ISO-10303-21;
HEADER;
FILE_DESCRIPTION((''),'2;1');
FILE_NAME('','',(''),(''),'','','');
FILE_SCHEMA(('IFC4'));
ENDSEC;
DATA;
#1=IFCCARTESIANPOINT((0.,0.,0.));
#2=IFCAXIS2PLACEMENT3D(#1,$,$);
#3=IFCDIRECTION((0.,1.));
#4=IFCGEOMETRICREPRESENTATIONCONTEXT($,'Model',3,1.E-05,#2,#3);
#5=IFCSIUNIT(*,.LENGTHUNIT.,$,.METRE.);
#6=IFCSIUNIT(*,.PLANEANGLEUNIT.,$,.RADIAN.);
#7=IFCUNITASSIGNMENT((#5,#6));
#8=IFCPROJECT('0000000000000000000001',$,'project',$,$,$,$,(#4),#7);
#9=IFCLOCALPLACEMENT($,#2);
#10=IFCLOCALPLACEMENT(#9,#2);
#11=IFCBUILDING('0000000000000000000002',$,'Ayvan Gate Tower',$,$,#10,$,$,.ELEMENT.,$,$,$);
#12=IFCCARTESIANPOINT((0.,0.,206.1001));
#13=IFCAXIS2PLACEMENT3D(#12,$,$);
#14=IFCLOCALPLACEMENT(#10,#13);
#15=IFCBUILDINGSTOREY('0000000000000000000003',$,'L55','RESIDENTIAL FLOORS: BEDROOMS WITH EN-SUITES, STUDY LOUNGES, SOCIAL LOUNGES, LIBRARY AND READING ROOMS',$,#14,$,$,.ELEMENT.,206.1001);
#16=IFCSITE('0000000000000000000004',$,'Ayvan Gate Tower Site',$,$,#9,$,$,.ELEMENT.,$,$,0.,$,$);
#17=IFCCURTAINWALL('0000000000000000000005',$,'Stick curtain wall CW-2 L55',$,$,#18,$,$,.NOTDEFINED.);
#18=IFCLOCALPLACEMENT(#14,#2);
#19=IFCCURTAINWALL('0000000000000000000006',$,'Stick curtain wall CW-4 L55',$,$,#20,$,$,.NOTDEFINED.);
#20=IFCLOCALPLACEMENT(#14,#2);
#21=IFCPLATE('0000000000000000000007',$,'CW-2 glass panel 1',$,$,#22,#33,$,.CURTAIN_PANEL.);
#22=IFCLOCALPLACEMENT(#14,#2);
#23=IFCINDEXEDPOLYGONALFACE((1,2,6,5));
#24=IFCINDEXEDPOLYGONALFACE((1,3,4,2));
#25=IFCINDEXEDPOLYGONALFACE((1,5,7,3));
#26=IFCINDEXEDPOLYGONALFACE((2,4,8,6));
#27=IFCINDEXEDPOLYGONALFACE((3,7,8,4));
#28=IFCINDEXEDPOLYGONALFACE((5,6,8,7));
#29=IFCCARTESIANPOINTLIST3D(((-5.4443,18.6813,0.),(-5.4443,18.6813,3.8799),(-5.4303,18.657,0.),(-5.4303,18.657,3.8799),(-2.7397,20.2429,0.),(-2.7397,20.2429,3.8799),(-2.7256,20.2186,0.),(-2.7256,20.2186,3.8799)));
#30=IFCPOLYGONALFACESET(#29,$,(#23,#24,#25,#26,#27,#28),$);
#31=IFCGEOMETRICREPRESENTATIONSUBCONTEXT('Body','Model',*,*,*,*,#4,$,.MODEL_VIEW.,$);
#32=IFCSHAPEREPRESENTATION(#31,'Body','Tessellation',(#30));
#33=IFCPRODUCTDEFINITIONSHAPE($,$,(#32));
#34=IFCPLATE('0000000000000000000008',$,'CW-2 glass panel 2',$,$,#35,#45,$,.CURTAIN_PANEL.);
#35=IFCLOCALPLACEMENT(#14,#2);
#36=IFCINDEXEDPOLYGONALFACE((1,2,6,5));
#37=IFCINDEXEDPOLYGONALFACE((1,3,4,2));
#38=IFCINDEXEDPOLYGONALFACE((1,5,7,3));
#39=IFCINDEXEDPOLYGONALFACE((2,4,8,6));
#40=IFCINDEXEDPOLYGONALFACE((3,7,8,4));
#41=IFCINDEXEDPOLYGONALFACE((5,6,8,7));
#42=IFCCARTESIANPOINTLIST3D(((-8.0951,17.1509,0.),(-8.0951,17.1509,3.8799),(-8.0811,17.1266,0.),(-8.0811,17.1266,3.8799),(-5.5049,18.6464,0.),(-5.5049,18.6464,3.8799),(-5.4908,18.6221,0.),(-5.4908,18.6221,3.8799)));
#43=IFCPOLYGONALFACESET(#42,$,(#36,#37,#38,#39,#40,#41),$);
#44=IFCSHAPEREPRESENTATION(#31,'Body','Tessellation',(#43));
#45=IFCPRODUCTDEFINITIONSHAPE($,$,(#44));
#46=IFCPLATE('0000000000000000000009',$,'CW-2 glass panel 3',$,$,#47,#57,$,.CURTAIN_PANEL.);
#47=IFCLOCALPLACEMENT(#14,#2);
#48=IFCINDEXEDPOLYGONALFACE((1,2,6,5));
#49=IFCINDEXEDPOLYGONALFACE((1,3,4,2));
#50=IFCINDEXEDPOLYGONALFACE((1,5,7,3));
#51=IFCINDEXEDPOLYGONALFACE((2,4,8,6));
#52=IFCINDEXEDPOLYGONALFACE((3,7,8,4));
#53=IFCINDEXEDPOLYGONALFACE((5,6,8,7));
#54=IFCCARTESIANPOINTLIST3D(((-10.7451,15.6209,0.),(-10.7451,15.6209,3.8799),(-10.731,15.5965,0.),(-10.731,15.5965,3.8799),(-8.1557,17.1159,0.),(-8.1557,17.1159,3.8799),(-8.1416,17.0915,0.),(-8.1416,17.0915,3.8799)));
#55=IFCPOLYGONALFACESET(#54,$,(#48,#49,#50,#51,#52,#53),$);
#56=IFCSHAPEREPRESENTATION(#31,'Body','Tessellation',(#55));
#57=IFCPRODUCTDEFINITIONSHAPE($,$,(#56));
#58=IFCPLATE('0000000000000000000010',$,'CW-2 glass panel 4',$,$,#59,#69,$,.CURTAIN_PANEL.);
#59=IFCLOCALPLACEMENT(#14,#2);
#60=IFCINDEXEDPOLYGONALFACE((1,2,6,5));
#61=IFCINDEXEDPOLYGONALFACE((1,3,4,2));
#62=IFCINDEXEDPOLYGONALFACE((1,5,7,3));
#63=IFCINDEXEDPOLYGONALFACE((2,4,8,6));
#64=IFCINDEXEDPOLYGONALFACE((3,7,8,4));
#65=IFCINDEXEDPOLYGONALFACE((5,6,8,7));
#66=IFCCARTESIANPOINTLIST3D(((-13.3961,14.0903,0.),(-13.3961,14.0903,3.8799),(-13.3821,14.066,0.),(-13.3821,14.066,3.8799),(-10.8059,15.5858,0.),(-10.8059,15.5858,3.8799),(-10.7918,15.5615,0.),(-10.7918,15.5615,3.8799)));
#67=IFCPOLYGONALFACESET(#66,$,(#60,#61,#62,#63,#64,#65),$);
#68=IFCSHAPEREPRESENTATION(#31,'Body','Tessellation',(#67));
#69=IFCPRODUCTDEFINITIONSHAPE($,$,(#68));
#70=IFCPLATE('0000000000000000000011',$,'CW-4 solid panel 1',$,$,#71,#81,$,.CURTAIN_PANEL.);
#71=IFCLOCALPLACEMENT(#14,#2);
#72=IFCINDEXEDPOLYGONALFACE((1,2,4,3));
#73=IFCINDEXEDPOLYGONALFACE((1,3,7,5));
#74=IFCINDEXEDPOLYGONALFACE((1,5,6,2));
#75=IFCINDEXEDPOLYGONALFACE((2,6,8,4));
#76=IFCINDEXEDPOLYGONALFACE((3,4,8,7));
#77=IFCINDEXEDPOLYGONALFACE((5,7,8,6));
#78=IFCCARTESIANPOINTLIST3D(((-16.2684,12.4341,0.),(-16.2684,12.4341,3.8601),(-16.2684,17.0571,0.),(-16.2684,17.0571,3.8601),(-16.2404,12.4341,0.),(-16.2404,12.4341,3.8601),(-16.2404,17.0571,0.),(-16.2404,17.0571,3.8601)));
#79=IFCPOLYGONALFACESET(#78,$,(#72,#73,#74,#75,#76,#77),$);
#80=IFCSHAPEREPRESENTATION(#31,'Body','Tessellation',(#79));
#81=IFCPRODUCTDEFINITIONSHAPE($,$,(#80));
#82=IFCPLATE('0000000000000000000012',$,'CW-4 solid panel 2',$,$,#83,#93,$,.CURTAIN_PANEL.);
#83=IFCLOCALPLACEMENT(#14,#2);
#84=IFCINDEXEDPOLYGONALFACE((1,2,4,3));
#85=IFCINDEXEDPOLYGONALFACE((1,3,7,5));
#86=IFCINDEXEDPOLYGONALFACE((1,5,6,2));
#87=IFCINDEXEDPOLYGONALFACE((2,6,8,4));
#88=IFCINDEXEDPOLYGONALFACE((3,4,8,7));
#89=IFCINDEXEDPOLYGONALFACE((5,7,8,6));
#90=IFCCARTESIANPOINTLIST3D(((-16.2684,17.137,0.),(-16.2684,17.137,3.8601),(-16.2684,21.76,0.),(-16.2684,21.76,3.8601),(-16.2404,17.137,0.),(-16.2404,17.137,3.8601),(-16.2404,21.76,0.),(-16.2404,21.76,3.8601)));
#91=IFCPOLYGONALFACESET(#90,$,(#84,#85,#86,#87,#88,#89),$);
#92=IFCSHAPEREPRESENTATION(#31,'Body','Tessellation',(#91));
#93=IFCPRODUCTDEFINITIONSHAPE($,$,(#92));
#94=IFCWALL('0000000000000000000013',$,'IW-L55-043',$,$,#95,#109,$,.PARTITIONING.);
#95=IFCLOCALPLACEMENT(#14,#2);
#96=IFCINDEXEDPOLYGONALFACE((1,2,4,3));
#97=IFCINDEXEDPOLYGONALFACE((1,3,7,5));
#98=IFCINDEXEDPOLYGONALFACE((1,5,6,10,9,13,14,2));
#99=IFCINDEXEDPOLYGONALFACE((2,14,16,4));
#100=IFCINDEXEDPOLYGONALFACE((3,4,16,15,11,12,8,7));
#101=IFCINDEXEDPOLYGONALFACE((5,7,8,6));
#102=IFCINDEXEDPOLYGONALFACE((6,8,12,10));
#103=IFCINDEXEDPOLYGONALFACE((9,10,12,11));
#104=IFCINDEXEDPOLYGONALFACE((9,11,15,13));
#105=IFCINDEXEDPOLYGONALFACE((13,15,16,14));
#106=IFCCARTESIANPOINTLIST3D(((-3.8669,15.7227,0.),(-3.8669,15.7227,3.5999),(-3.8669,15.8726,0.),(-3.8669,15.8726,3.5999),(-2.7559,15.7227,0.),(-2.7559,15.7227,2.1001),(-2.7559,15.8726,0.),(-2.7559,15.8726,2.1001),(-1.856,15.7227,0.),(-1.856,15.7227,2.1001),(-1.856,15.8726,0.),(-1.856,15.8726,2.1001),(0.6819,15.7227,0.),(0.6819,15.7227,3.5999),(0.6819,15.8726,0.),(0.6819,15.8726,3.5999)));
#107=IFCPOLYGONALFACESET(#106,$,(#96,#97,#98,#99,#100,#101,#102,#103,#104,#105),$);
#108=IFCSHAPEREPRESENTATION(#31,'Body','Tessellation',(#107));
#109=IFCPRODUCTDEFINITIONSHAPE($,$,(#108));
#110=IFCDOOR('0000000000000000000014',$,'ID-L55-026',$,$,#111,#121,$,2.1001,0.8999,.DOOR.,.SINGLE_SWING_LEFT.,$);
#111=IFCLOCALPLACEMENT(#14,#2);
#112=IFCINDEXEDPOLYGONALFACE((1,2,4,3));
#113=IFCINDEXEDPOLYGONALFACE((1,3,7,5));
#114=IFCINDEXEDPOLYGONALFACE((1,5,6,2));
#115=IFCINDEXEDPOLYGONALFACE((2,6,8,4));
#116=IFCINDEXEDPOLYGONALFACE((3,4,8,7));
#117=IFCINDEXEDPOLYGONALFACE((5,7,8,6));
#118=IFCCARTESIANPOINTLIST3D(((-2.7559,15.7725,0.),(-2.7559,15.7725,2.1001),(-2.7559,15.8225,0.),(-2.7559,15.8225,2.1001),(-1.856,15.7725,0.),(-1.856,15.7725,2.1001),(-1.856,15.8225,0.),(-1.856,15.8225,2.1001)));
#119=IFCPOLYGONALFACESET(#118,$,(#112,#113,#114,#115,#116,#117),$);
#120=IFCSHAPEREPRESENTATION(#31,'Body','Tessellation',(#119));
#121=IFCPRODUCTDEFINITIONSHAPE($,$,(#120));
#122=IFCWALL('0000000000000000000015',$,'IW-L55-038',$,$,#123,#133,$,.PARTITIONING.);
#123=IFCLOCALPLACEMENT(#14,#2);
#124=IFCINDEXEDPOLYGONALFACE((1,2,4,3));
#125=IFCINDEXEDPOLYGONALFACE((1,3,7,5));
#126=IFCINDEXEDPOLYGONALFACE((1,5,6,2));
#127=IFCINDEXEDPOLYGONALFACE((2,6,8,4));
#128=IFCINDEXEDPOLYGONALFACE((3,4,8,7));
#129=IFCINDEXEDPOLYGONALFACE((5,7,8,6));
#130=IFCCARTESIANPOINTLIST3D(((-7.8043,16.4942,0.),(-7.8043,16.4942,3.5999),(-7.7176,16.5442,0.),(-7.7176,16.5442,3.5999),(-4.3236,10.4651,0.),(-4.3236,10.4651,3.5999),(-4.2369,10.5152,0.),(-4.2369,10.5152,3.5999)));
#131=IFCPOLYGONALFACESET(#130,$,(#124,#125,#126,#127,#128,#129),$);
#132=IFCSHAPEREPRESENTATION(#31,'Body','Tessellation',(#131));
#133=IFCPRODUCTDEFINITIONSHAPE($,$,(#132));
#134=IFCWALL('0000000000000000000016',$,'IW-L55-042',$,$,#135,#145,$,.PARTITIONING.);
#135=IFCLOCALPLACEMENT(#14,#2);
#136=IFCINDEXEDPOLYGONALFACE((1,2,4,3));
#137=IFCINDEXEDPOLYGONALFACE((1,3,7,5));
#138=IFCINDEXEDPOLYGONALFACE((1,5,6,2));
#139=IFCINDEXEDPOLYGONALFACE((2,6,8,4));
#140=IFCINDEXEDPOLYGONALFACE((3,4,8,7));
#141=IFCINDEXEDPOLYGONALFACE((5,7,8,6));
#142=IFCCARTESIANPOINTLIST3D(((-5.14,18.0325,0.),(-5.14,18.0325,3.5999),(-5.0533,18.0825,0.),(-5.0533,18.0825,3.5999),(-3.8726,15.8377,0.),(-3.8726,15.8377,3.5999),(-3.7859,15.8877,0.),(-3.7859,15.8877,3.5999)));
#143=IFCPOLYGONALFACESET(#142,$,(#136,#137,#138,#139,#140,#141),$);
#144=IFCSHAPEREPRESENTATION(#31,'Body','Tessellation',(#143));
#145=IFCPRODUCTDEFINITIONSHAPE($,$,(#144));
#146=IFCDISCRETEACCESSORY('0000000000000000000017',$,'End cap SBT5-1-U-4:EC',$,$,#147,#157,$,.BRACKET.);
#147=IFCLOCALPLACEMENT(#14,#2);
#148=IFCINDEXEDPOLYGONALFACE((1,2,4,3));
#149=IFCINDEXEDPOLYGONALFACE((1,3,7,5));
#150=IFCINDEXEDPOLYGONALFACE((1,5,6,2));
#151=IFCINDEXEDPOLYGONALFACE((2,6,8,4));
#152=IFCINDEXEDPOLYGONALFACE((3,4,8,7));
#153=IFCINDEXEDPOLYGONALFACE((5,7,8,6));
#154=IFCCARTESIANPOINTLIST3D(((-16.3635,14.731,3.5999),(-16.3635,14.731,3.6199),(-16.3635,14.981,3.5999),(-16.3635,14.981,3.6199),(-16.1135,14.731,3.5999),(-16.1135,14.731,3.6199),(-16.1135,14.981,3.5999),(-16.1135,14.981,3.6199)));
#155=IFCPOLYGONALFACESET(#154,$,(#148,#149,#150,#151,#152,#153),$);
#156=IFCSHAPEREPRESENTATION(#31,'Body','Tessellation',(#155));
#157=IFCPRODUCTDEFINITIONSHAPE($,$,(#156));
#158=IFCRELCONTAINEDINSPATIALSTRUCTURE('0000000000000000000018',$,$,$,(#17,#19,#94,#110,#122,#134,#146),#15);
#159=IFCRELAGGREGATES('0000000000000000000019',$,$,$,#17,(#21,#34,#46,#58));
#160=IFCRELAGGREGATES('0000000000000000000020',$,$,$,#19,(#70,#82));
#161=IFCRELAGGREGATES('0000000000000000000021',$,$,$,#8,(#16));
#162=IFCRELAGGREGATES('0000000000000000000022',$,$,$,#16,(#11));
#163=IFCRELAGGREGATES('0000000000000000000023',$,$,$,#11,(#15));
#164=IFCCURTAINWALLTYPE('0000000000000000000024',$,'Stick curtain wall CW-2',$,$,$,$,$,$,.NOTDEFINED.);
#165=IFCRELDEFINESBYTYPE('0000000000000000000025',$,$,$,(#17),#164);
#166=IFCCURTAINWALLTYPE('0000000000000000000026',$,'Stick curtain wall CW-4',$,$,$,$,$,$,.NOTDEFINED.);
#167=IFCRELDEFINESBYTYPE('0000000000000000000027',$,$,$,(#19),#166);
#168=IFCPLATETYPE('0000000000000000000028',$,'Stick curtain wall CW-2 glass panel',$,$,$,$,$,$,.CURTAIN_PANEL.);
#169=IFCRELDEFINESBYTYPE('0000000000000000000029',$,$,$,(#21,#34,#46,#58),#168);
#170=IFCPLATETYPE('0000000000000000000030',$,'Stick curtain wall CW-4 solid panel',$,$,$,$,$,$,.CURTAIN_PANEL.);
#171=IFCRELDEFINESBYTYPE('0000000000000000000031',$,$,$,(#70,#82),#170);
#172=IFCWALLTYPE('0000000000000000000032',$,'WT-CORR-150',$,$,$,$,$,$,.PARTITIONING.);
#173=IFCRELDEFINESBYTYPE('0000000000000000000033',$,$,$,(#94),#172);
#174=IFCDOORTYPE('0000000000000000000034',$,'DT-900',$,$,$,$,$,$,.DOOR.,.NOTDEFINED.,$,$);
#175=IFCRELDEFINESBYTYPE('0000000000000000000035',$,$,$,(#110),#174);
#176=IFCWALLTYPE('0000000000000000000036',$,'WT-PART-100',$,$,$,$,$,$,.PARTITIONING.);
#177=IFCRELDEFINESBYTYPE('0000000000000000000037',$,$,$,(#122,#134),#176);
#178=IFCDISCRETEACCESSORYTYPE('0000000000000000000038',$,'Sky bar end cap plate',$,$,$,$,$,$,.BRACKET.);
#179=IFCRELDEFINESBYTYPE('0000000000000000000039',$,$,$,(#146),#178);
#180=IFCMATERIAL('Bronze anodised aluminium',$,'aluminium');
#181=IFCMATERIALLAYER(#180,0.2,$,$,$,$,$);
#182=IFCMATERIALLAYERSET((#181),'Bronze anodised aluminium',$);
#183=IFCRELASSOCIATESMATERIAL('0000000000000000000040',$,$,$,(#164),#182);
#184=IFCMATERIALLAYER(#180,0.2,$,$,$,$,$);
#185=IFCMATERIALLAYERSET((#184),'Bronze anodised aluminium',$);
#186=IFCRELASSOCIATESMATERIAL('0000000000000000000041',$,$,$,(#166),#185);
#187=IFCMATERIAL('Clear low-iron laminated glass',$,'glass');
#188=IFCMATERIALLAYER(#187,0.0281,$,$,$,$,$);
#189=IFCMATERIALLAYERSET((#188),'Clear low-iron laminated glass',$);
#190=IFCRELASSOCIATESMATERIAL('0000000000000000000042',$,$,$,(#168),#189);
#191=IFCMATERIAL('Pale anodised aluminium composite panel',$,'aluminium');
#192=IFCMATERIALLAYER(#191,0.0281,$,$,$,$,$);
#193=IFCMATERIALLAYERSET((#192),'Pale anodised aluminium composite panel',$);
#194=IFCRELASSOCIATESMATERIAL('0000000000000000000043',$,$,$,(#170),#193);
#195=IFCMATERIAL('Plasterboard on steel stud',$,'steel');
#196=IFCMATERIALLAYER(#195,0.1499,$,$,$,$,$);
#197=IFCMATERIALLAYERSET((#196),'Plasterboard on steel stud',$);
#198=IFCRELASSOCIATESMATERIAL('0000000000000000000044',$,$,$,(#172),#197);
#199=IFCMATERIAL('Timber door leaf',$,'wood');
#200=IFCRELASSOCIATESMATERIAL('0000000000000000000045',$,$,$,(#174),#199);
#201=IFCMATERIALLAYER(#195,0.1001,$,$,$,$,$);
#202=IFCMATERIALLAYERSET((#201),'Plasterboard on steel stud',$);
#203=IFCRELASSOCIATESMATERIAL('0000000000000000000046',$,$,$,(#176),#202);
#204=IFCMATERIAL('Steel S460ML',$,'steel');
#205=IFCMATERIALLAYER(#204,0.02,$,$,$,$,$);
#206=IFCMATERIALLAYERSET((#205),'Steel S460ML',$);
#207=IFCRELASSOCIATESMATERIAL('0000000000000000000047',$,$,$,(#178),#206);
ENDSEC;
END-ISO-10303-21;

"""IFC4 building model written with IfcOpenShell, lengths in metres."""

from ifc_helpers import new_model, si_unit, direction, frame, frame_2d, origin, origin_2d, place, context, subcontext, project, spatial, rectangle, extrude, material, layer, layer_set, type_object, element, fill, aggregate, save


model = new_model("IFC4")

# Units and contexts
model_context = context("Model", 3, precision=1e-05, world=origin(), true_north=direction((0.0, 1.0)))
body_context = subcontext(model_context, "Body", "Model", "MODEL_VIEW")
ifc_project = project(units=[si_unit("LENGTHUNIT", "METRE"), si_unit("PLANEANGLEUNIT", "RADIAN")], contexts=[model_context])

# Site, building, storey
site_placement = place(None, origin())
site = spatial("IfcSite", under=ifc_project, at=site_placement, Name="Ayvan Gate Tower Site", CompositionType="ELEMENT", RefElevation=0.0)
building_placement = place(site_placement, origin())
building = spatial("IfcBuilding", under=site, at=building_placement, Name="Ayvan Gate Tower", CompositionType="ELEMENT")
storey_placement = place(building_placement, frame((0.0, 0.0, 206.1001)))
storey = spatial("IfcBuildingStorey", under=building, at=storey_placement, Name="L55", Description="RESIDENTIAL FLOORS: BEDROOMS WITH EN-SUITES, STUDY LOUNGES, SOCIAL LOUNGES, LIBRARY AND READING ROOMS", CompositionType="ELEMENT", Elevation=206.1001)

# Curtain walls
ifc_material_1 = material(Name="Bronze anodised aluminium", Category="aluminium")
ifc_layer_1 = layer(ifc_material_1, 0.2)
ifc_layer_set_1 = layer_set([ifc_layer_1], Name="Bronze anodised aluminium")
curtain_wall_type_1 = type_object("IfcCurtainWallType", Name="Stick curtain wall CW-2", PredefinedType="NOTDEFINED", material=ifc_layer_set_1)
curtain_wall_1_placement = place(storey_placement, origin())
curtain_wall_1 = element("IfcCurtainWall", 1, at=curtain_wall_1_placement, inside=storey, type_object=curtain_wall_type_1, Name="Stick curtain wall CW-2 L55", PredefinedType="NOTDEFINED")
ifc_layer_2 = layer(ifc_material_1, 0.2)
ifc_layer_set_2 = layer_set([ifc_layer_2], Name="Bronze anodised aluminium")
curtain_wall_type_2 = type_object("IfcCurtainWallType", Name="Stick curtain wall CW-4", PredefinedType="NOTDEFINED", material=ifc_layer_set_2)
curtain_wall_2_placement = place(storey_placement, origin())
curtain_wall_2 = element("IfcCurtainWall", 2, at=curtain_wall_2_placement, inside=storey, type_object=curtain_wall_type_2, Name="Stick curtain wall CW-4 L55", PredefinedType="NOTDEFINED")

# Plates
ifc_material_2 = material(Name="Clear low-iron laminated glass", Category="glass")
ifc_layer_3 = layer(ifc_material_2, 0.0281)
ifc_layer_set_3 = layer_set([ifc_layer_3], Name="Clear low-iron laminated glass")
plate_type_1 = type_object("IfcPlateType", Name="Stick curtain wall CW-2 glass panel", PredefinedType="CURTAIN_PANEL", material=ifc_layer_set_3)
plate_1_placement = place(storey_placement, frame((-4.085, 19.45, 0.0), z_axis=(0.0, 0.0, 1.0), x_axis=(-0.866025, -0.5, 0.0)))
plate_1 = element("IfcPlate", 3, at=plate_1_placement, type_object=plate_type_1, Name="CW-2 glass panel 1", PredefinedType="CURTAIN_PANEL", context=body_context, shape_type="SweptSolid", body=[
    extrude(rectangle(XDim=3.123, YDim=0.0281, at=origin_2d()), origin(), (0.0, 0.0, 1.0), 3.8799),
])
plate_2_placement = place(storey_placement, frame((-6.793, 17.8865, 0.0), z_axis=(0.0, 0.0, 1.0), x_axis=(-0.866025, -0.5, 0.0)))
plate_2 = element("IfcPlate", 4, at=plate_2_placement, type_object=plate_type_1, Name="CW-2 glass panel 2", PredefinedType="CURTAIN_PANEL", context=body_context, shape_type="SweptSolid", body=[
    extrude(rectangle(XDim=2.991, YDim=0.0281, at=origin_2d()), origin(), (0.0, 0.0, 1.0), 3.8799),
])
plate_3_placement = place(storey_placement, frame((-9.4434, 16.3562, 0.0), z_axis=(0.0, 0.0, 1.0), x_axis=(-0.866025, -0.5, 0.0)))
plate_3 = element("IfcPlate", 5, at=plate_3_placement, type_object=plate_type_1, Name="CW-2 glass panel 3", PredefinedType="CURTAIN_PANEL", context=body_context, shape_type="SweptSolid", body=[
    extrude(rectangle(XDim=2.99, YDim=0.0281, at=origin_2d()), origin(), (0.0, 0.0, 1.0), 3.8799),
])
plate_4_placement = place(storey_placement, frame((-12.094, 14.8259, 0.0), z_axis=(0.0, 0.0, 1.0), x_axis=(-0.866025, -0.5, 0.0)))
plate_4 = element("IfcPlate", 6, at=plate_4_placement, type_object=plate_type_1, Name="CW-2 glass panel 4", PredefinedType="CURTAIN_PANEL", context=body_context, shape_type="SweptSolid", body=[
    extrude(rectangle(XDim=2.991, YDim=0.0281, at=origin_2d()), origin(), (0.0, 0.0, 1.0), 3.8799),
])
aggregate(curtain_wall_1, [plate_1, plate_2, plate_3, plate_4])
ifc_material_3 = material(Name="Pale anodised aluminium composite panel", Category="aluminium")
ifc_layer_4 = layer(ifc_material_3, 0.0281)
ifc_layer_set_4 = layer_set([ifc_layer_4], Name="Pale anodised aluminium composite panel")
plate_type_2 = type_object("IfcPlateType", Name="Stick curtain wall CW-4 solid panel", PredefinedType="CURTAIN_PANEL", material=ifc_layer_set_4)
plate_5_placement = place(storey_placement, frame((-16.2544, 14.7456, 0.0), z_axis=(0.0, 0.0, 1.0), x_axis=(0.0, 1.0, 0.0)))
plate_5 = element("IfcPlate", 7, at=plate_5_placement, type_object=plate_type_2, Name="CW-4 solid panel 1", PredefinedType="CURTAIN_PANEL", context=body_context, shape_type="SweptSolid", body=[
    extrude(rectangle(XDim=4.623, YDim=0.0281, at=origin_2d()), origin(), (0.0, 0.0, 1.0), 3.8601),
])
plate_6_placement = place(storey_placement, frame((-16.2544, 19.4485, 0.0), z_axis=(0.0, 0.0, 1.0), x_axis=(0.0, 1.0, 0.0)))
plate_6 = element("IfcPlate", 8, at=plate_6_placement, type_object=plate_type_2, Name="CW-4 solid panel 2", PredefinedType="CURTAIN_PANEL", context=body_context, shape_type="SweptSolid", body=[
    extrude(rectangle(XDim=4.623, YDim=0.0281, at=origin_2d()), origin(), (0.0, 0.0, 1.0), 3.8601),
])
aggregate(curtain_wall_2, [plate_5, plate_6])

# Wall, opening, door
ifc_material_4 = material(Name="Plasterboard on steel stud", Category="steel")
ifc_layer_5 = layer(ifc_material_4, 0.1499)
ifc_layer_set_5 = layer_set([ifc_layer_5], Name="Plasterboard on steel stud")
wall_type_1 = type_object("IfcWallType", Name="WT-CORR-150", PredefinedType="PARTITIONING", material=ifc_layer_set_5)
wall_1_placement = place(storey_placement, frame((-3.8669, 15.7976, 0.0), z_axis=(0.0, 0.0, 1.0), x_axis=(1.0, 0.0, 0.0)))
wall_1 = element("IfcWall", 9, at=wall_1_placement, inside=storey, type_object=wall_type_1, Name="IW-L55-043", PredefinedType="PARTITIONING", context=body_context, shape_type="SweptSolid", body=[
    extrude(rectangle(XDim=4.5488, YDim=0.1499, at=frame_2d((2.2744, 0.0))), origin(), (0.0, 0.0, 1.0), 3.5999),
])
opening_placement = place(wall_1_placement, frame((1.1111, 0.0, 0.0)))
opening = element("IfcOpeningElement", 10, at=opening_placement, cuts=wall_1, PredefinedType="OPENING", context=body_context, shape_type="SweptSolid", body=[
    extrude(rectangle(XDim=0.8999, YDim=2.1001, at=frame_2d((0.45, 1.05))), frame((0.0, 0.085, 0.0), z_axis=(0.0, -1.0, 0.0), x_axis=(1.0, 0.0, 0.0)), (0.0, 0.0, 1.0), 0.1699),
])
ifc_material_5 = material(Name="Timber door leaf", Category="wood")
door_type = type_object("IfcDoorType", Name="DT-900", OperationType="NOTDEFINED", PredefinedType="DOOR", material=ifc_material_5)
door_placement = place(opening_placement, origin())
door = element("IfcDoor", 11, at=door_placement, inside=storey, type_object=door_type, Name="ID-L55-026", OperationType="SINGLE_SWING_LEFT", OverallHeight=2.1001, OverallWidth=0.8999, PredefinedType="DOOR", context=body_context, shape_type="SweptSolid", body=[
    extrude(rectangle(XDim=0.8999, YDim=2.1001, at=frame_2d((0.45, 1.05))), frame((0.0, 0.0249, 0.0), z_axis=(0.0, -1.0, 0.0), x_axis=(1.0, 0.0, 0.0)), (0.0, 0.0, 1.0), 0.05),
])
fill(opening, door)

# Walls
ifc_layer_6 = layer(ifc_material_4, 0.1001)
ifc_layer_set_6 = layer_set([ifc_layer_6], Name="Plasterboard on steel stud")
wall_type_2 = type_object("IfcWallType", Name="WT-PART-100", PredefinedType="PARTITIONING", material=ifc_layer_set_6)
wall_2_placement = place(storey_placement, frame((-7.761, 16.5193, 0.0), z_axis=(0.0, 0.0, 1.0), x_axis=(0.499983, -0.866036, 0.0)))
element("IfcWall", 12, at=wall_2_placement, inside=storey, type_object=wall_type_2, Name="IW-L55-038", PredefinedType="PARTITIONING", context=body_context, shape_type="SweptSolid", body=[
    extrude(rectangle(XDim=6.9617, YDim=0.1001, at=frame_2d((3.481, 0.0))), origin(), (0.0, 0.0, 1.0), 3.5999),
])
wall_3_placement = place(storey_placement, frame((-3.8293, 15.8628, 0.0), z_axis=(0.0, 0.0, 1.0), x_axis=(-0.500045, 0.865999, 0.0)))
element("IfcWall", 13, at=wall_3_placement, inside=storey, type_object=wall_type_2, Name="IW-L55-042", PredefinedType="PARTITIONING", context=body_context, shape_type="SweptSolid", body=[
    extrude(rectangle(XDim=2.5344, YDim=0.1001, at=frame_2d((1.2671, 0.0))), origin(), (0.0, 0.0, 1.0), 3.5999),
])

# Discrete accessory
ifc_material_6 = material(Name="Steel S460ML", Category="steel")
ifc_layer_7 = layer(ifc_material_6, 0.02)
ifc_layer_set_7 = layer_set([ifc_layer_7], Name="Steel S460ML")
discrete_accessory_type = type_object("IfcDiscreteAccessoryType", Name="Sky bar end cap plate", PredefinedType="BRACKET", material=ifc_layer_set_7)
discrete_accessory_placement = place(storey_placement, frame((-16.2385, 14.856, 3.5999), z_axis=(0.0, 0.0, 1.0), x_axis=(1.0, 0.0, 0.0)))
element("IfcDiscreteAccessory", 14, at=discrete_accessory_placement, inside=storey, type_object=discrete_accessory_type, Name="End cap SBT5-1-U-4:EC", PredefinedType="BRACKET", context=body_context, shape_type="SweptSolid", body=[
    extrude(rectangle(XDim=0.25, YDim=0.25, at=origin_2d()), origin(), (0.0, 0.0, 1.0), 0.02),
])

save(model, "model.ifc")
